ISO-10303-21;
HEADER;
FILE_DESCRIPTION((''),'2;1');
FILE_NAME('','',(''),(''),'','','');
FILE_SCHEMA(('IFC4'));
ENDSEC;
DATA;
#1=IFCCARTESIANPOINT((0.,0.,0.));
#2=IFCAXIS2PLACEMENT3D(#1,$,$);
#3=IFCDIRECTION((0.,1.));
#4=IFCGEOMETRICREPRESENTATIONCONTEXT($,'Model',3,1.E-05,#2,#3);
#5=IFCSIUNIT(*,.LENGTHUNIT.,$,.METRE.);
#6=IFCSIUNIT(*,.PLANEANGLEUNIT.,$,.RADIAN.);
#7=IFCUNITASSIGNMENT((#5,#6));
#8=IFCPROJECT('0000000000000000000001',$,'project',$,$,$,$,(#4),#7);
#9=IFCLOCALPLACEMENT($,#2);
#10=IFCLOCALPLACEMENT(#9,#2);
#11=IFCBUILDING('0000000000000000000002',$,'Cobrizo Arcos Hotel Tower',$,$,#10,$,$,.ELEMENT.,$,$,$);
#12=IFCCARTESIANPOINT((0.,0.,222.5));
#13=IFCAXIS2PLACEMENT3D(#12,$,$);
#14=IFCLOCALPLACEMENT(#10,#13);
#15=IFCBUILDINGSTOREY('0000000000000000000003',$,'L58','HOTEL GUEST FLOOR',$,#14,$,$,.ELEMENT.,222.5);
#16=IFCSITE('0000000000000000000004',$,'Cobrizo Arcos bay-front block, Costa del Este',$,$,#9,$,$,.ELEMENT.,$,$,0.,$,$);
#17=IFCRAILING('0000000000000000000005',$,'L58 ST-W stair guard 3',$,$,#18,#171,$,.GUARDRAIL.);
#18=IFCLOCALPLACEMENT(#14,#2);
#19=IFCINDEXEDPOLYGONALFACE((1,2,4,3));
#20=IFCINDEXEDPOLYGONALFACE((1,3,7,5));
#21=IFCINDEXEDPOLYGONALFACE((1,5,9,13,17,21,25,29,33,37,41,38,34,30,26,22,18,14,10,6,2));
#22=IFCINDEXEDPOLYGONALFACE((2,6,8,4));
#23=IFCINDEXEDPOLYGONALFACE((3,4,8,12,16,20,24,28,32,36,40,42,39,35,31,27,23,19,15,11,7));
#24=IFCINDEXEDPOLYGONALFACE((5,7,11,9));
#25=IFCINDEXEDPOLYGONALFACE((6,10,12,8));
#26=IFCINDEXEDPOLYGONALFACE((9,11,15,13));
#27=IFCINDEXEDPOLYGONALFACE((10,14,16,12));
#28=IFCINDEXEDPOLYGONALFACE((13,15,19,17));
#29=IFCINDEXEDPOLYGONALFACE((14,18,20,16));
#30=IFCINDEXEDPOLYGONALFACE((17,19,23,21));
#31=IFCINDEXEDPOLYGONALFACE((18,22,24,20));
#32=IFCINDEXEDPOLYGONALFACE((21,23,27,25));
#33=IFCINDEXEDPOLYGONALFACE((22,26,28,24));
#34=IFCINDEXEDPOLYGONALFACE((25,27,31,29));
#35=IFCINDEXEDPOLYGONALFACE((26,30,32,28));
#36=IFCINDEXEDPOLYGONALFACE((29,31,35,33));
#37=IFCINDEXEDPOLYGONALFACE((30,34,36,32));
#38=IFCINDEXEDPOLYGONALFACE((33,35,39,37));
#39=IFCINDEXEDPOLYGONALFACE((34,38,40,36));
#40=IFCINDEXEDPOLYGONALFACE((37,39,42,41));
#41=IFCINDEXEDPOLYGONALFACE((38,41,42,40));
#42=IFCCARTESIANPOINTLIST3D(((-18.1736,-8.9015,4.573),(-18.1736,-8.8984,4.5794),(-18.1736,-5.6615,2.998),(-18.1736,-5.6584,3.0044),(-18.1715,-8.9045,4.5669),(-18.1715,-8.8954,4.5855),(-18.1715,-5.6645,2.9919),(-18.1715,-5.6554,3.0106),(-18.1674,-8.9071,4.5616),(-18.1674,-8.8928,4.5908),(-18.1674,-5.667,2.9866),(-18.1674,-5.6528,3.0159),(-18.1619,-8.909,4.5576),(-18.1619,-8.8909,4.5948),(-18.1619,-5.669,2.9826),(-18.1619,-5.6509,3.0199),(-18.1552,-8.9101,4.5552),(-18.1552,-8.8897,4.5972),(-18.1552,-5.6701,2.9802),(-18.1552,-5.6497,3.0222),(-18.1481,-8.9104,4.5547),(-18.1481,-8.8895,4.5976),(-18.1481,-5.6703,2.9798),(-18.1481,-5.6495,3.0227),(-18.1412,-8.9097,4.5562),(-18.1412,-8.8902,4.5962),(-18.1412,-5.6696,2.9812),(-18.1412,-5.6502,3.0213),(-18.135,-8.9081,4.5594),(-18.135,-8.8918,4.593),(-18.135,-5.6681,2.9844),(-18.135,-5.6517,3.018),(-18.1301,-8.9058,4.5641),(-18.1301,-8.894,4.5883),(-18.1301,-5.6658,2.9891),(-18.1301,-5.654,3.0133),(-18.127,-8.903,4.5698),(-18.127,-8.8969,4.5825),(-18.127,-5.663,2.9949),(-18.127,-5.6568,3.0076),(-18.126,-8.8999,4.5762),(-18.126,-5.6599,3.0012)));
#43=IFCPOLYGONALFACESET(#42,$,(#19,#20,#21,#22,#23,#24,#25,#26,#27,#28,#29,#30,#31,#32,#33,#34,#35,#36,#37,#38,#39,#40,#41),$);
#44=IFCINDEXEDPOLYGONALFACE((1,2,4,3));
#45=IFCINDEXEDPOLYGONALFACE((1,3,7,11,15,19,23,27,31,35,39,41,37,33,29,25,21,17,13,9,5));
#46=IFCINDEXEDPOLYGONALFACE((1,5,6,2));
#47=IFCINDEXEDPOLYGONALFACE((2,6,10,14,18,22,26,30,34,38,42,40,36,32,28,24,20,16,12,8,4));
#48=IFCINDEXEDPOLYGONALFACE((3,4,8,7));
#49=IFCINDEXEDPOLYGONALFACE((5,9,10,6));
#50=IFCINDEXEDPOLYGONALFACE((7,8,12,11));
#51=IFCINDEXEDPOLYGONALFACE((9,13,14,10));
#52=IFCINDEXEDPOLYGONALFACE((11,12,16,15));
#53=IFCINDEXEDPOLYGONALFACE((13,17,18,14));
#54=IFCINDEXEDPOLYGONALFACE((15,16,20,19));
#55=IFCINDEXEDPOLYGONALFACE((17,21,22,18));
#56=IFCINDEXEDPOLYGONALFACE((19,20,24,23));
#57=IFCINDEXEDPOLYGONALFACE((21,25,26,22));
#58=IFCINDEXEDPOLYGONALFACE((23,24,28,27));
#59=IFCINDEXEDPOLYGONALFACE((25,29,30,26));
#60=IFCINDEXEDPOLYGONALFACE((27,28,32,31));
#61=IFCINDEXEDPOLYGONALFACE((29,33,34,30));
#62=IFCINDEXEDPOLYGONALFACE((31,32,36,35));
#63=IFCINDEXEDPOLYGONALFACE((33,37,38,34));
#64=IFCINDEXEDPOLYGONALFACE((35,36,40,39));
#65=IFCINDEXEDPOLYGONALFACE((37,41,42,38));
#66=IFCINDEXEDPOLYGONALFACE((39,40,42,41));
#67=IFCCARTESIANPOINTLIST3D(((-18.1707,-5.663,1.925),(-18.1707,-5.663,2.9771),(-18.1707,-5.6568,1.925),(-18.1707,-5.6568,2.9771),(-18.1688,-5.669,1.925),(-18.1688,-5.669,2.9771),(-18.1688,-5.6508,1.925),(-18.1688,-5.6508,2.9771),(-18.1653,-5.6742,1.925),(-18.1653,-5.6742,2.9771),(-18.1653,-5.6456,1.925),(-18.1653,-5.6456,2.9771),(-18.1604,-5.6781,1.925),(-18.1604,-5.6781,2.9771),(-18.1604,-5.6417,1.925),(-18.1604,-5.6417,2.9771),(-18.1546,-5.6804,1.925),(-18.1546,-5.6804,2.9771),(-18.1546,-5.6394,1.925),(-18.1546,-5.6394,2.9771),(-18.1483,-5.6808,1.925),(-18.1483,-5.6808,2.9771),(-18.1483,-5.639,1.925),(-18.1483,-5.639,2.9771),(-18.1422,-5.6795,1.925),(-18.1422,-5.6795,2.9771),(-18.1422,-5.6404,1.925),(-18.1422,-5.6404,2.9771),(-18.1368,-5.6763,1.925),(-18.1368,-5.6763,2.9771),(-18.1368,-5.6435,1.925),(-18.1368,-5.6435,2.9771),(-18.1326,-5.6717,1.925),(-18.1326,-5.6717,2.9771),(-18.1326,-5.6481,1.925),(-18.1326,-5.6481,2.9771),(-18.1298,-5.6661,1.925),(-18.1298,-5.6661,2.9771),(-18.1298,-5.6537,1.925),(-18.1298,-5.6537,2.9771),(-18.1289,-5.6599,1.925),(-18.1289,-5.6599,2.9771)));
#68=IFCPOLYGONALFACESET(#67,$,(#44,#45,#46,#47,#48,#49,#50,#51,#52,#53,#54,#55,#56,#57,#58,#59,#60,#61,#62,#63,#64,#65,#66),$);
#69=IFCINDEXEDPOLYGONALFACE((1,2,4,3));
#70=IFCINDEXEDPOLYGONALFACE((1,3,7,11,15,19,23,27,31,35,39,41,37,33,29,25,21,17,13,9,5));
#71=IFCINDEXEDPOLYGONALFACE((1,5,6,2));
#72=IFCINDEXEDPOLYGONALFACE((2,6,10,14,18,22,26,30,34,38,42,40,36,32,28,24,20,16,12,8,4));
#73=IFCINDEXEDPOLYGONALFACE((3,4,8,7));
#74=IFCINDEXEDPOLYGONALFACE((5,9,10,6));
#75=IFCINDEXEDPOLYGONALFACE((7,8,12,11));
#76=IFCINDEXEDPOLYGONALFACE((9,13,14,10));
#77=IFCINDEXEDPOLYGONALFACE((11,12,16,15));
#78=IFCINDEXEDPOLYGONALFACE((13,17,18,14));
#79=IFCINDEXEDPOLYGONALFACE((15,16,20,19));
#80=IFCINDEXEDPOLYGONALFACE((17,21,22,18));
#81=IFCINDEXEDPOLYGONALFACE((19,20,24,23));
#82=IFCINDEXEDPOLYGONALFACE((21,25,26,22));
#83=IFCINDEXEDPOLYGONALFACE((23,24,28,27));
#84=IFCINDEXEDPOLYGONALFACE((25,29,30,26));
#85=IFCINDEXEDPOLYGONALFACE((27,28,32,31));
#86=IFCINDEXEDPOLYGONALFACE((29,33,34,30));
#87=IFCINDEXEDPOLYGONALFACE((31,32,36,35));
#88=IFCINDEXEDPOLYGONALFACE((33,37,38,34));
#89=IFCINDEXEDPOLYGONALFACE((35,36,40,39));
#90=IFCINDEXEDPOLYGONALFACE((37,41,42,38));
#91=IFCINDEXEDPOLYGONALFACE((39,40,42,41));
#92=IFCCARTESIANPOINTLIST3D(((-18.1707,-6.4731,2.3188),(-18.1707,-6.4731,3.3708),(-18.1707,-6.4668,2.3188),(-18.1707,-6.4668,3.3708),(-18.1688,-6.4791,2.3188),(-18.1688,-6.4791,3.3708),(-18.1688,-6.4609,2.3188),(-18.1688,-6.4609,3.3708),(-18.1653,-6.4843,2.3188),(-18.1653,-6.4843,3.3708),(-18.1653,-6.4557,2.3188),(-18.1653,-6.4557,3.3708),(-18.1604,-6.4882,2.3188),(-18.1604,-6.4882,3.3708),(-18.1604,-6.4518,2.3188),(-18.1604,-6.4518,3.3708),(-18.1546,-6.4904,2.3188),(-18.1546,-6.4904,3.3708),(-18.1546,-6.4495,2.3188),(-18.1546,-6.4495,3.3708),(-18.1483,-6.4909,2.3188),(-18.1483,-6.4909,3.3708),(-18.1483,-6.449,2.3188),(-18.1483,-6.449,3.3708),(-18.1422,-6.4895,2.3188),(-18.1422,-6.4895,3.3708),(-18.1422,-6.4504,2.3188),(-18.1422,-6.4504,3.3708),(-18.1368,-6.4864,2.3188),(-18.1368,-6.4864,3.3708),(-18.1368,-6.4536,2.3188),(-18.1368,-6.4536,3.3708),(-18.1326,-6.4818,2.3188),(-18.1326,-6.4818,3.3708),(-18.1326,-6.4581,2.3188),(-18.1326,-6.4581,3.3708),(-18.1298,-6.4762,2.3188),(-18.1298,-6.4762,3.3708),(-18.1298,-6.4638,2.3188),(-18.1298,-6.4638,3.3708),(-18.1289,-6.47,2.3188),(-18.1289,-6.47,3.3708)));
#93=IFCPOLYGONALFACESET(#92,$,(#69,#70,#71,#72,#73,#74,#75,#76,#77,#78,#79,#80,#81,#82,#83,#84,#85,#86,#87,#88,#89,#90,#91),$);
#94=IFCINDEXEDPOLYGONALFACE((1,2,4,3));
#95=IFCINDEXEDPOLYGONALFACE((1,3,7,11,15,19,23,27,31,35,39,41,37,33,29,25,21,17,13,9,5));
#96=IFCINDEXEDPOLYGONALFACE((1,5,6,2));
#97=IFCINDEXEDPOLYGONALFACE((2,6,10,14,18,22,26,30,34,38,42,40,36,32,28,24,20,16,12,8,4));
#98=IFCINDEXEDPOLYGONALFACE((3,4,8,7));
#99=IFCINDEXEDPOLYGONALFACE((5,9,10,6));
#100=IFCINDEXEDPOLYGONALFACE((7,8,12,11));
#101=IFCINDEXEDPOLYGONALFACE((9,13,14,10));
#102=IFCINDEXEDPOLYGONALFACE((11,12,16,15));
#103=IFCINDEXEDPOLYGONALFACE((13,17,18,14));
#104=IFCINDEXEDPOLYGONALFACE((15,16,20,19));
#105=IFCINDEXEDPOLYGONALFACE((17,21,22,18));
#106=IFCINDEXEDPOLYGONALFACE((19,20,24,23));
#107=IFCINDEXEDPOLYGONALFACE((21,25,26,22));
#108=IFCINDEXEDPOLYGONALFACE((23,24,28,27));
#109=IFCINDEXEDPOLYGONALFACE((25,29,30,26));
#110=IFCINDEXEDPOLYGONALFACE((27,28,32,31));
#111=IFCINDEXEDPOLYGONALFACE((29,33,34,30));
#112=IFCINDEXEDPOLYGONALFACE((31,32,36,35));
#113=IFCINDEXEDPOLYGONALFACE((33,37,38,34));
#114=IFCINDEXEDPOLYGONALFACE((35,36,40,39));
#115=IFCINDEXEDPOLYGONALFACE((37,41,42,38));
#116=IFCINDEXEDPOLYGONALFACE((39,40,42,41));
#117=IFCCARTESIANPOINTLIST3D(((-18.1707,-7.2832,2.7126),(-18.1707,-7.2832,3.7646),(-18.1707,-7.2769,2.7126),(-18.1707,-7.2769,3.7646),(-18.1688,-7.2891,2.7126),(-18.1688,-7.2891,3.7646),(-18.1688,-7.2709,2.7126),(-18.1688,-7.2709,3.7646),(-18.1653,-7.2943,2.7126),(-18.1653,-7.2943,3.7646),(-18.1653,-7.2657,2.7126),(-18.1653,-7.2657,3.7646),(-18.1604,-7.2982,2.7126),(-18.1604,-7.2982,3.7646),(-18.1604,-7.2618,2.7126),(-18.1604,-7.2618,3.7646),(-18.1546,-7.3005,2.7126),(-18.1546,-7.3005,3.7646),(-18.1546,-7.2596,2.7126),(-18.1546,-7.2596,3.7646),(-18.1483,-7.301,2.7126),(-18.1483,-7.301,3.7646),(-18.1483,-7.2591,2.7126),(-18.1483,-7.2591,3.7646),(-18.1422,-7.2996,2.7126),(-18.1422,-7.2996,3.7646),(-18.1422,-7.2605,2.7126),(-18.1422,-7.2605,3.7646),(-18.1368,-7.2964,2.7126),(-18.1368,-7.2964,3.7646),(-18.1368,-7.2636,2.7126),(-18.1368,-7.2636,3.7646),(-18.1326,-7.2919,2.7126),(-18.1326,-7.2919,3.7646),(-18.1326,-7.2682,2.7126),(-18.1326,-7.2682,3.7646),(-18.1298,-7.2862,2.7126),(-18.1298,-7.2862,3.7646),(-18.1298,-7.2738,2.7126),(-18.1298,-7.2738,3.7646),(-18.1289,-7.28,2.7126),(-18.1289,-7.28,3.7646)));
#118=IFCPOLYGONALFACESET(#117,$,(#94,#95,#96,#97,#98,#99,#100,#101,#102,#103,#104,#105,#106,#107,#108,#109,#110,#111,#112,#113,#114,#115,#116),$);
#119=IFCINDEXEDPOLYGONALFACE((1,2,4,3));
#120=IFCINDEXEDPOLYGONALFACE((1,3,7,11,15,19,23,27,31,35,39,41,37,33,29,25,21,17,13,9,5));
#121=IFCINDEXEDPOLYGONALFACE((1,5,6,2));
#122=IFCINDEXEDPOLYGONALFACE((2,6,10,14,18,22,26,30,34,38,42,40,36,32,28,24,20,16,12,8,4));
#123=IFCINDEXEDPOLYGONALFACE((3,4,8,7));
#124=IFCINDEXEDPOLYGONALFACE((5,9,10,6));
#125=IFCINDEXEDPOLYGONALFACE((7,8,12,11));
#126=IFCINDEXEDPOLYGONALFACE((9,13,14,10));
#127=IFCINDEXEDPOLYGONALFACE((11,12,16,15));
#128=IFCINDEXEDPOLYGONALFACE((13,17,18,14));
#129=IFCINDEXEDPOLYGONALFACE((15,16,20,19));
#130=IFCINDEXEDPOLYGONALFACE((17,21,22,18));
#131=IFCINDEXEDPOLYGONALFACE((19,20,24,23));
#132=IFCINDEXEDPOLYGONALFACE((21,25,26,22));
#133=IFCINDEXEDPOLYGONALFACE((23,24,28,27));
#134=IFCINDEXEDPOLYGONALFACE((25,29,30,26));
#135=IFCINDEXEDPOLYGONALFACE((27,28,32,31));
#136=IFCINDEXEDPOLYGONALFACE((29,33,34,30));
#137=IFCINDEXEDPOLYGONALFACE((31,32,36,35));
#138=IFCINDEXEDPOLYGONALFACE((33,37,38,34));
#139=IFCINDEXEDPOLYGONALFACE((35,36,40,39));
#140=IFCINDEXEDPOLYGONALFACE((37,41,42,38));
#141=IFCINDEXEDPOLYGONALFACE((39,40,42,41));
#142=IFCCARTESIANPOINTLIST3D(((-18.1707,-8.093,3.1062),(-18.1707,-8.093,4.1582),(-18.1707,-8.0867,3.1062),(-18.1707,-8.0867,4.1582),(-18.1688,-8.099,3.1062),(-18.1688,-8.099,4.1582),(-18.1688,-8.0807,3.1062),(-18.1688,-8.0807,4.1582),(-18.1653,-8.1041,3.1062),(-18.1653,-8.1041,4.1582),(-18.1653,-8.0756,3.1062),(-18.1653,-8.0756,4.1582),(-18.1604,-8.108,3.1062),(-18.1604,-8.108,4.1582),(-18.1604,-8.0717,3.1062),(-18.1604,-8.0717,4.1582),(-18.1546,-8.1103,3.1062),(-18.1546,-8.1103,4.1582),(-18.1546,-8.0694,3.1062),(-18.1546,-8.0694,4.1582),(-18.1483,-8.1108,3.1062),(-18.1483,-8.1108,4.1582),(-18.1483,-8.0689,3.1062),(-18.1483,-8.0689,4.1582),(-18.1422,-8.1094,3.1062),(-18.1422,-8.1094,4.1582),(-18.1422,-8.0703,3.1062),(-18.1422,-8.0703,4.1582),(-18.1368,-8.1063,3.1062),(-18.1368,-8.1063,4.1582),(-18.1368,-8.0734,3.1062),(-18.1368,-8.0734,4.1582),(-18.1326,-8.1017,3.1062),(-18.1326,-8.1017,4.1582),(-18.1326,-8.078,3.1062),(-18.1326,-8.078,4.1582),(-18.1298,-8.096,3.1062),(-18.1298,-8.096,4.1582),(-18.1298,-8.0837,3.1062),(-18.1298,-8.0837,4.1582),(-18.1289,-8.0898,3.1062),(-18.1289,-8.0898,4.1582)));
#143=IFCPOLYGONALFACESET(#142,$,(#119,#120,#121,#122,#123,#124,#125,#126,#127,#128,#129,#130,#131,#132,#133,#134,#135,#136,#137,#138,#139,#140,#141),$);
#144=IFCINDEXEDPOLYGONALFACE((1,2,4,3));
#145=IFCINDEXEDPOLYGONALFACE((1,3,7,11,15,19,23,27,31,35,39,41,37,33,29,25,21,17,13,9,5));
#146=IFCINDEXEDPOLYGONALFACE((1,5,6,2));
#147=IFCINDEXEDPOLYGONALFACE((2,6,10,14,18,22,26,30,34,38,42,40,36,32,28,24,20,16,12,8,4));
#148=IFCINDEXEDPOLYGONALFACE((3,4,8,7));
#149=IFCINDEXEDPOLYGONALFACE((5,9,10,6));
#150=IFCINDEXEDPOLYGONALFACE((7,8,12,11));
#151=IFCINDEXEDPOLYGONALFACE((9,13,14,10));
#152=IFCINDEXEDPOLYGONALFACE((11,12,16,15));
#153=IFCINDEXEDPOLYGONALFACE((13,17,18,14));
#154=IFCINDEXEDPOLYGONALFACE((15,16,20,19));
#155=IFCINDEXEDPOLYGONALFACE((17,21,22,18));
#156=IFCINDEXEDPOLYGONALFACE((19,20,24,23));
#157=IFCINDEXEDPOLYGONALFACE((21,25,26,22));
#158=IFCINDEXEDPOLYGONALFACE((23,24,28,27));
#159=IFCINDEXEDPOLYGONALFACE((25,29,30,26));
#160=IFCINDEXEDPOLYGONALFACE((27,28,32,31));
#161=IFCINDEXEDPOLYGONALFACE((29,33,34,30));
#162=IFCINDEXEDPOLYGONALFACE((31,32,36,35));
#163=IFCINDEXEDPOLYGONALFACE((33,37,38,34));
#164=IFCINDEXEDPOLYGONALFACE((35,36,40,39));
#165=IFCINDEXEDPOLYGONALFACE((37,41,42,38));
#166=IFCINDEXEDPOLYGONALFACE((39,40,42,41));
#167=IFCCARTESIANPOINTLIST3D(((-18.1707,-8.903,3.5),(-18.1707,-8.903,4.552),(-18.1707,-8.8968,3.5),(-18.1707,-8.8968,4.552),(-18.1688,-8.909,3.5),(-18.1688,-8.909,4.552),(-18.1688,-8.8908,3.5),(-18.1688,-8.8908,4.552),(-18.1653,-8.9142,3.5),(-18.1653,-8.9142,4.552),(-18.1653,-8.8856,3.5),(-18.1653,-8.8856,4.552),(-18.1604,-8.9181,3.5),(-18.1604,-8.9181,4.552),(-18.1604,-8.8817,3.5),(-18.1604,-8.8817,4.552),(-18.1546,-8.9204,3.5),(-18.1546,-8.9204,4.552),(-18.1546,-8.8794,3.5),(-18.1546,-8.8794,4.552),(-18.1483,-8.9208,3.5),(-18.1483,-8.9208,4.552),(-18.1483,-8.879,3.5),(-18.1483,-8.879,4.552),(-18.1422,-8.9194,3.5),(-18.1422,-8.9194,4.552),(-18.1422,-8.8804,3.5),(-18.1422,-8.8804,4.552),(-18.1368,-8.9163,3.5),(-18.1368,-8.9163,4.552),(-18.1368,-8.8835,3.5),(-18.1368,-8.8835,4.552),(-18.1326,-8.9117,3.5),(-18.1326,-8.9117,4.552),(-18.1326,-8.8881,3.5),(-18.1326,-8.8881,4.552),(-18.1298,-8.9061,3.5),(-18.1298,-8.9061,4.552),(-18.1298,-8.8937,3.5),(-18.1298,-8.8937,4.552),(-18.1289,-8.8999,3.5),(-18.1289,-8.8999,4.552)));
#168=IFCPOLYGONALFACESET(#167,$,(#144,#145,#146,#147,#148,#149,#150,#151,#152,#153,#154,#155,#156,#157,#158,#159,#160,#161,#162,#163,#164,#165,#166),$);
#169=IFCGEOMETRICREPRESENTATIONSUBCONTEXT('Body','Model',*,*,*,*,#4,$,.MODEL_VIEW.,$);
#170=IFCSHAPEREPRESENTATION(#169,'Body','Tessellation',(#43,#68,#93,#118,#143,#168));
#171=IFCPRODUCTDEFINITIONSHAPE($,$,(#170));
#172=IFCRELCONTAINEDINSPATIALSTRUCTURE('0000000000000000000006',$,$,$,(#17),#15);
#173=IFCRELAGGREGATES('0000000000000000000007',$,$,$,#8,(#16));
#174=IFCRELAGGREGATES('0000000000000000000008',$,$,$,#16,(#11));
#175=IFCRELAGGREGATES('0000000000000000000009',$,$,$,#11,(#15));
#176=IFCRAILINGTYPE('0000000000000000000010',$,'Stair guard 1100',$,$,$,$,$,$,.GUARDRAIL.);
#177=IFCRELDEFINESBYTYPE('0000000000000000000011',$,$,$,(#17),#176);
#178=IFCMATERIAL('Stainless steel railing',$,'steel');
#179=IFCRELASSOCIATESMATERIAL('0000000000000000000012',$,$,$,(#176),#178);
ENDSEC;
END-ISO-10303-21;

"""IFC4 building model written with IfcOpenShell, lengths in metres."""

from ifc_helpers import new_model, si_unit, direction, frame, origin, origin_2d, place, context, subcontext, project, spatial, circle, extrude, material, type_object, element, save


model = new_model("IFC4")

# Units and contexts
model_context = context("Model", 3, precision=1e-05, world=origin(), true_north=direction((0.0, 1.0)))
body_context = subcontext(model_context, "Body", "Model", "MODEL_VIEW")
ifc_project = project(units=[si_unit("LENGTHUNIT", "METRE"), si_unit("PLANEANGLEUNIT", "RADIAN")], contexts=[model_context])

# Site, building, storey
site_placement = place(None, origin())
site = spatial("IfcSite", under=ifc_project, at=site_placement, Name="Cobrizo Arcos bay-front block, Costa del Este", CompositionType="ELEMENT", RefElevation=0.0)
building_placement = place(site_placement, origin())
building = spatial("IfcBuilding", under=site, at=building_placement, Name="Cobrizo Arcos Hotel Tower", CompositionType="ELEMENT")
storey_placement = place(building_placement, frame((0.0, 0.0, 222.5)))
storey = spatial("IfcBuildingStorey", under=building, at=storey_placement, Name="L58", Description="HOTEL GUEST FLOOR", CompositionType="ELEMENT", Elevation=222.5)

# Railing
ifc_material_1 = material(Name="Stainless steel railing", Category="steel")
railing_type_1 = type_object("IfcRailingType", Name="Stair guard 1100", PredefinedType="GUARDRAIL", material=ifc_material_1)
railing_1_placement = place(storey_placement, frame((-18.1499, -5.6599, 1.925)))
element("IfcRailing", 1, at=railing_1_placement, inside=storey, type_object=railing_type_1, Name="L58 ST-W stair guard 3", PredefinedType="GUARDRAIL", context=body_context, shape_type="SweptSolid", body=[
    extrude(circle(Radius=0.0239, at=origin_2d()), frame((0.0, 0.0, 1.0762), z_axis=(0.0, -0.899373, 0.437183), x_axis=(1.0, 0.0, 0.0)), (0.0, 0.0, 1.0), 3.6025),
    extrude(circle(Radius=0.021, at=origin_2d()), origin(), (0.0, 0.0, 1.0), 1.052),
    extrude(circle(Radius=0.021, at=origin_2d()), frame((0.0, -0.8101, 0.3938)), (0.0, 0.0, 1.0), 1.052),
    extrude(circle(Radius=0.021, at=origin_2d()), frame((0.0, -1.6201, 0.7876)), (0.0, 0.0, 1.0), 1.052),
    extrude(circle(Radius=0.021, at=origin_2d()), frame((0.0, -2.4299, 1.1812)), (0.0, 0.0, 1.0), 1.052),
    extrude(circle(Radius=0.021, at=origin_2d()), frame((0.0, -3.24, 1.575)), (0.0, 0.0, 1.0), 1.052),
])

save(model, "model.ifc")
